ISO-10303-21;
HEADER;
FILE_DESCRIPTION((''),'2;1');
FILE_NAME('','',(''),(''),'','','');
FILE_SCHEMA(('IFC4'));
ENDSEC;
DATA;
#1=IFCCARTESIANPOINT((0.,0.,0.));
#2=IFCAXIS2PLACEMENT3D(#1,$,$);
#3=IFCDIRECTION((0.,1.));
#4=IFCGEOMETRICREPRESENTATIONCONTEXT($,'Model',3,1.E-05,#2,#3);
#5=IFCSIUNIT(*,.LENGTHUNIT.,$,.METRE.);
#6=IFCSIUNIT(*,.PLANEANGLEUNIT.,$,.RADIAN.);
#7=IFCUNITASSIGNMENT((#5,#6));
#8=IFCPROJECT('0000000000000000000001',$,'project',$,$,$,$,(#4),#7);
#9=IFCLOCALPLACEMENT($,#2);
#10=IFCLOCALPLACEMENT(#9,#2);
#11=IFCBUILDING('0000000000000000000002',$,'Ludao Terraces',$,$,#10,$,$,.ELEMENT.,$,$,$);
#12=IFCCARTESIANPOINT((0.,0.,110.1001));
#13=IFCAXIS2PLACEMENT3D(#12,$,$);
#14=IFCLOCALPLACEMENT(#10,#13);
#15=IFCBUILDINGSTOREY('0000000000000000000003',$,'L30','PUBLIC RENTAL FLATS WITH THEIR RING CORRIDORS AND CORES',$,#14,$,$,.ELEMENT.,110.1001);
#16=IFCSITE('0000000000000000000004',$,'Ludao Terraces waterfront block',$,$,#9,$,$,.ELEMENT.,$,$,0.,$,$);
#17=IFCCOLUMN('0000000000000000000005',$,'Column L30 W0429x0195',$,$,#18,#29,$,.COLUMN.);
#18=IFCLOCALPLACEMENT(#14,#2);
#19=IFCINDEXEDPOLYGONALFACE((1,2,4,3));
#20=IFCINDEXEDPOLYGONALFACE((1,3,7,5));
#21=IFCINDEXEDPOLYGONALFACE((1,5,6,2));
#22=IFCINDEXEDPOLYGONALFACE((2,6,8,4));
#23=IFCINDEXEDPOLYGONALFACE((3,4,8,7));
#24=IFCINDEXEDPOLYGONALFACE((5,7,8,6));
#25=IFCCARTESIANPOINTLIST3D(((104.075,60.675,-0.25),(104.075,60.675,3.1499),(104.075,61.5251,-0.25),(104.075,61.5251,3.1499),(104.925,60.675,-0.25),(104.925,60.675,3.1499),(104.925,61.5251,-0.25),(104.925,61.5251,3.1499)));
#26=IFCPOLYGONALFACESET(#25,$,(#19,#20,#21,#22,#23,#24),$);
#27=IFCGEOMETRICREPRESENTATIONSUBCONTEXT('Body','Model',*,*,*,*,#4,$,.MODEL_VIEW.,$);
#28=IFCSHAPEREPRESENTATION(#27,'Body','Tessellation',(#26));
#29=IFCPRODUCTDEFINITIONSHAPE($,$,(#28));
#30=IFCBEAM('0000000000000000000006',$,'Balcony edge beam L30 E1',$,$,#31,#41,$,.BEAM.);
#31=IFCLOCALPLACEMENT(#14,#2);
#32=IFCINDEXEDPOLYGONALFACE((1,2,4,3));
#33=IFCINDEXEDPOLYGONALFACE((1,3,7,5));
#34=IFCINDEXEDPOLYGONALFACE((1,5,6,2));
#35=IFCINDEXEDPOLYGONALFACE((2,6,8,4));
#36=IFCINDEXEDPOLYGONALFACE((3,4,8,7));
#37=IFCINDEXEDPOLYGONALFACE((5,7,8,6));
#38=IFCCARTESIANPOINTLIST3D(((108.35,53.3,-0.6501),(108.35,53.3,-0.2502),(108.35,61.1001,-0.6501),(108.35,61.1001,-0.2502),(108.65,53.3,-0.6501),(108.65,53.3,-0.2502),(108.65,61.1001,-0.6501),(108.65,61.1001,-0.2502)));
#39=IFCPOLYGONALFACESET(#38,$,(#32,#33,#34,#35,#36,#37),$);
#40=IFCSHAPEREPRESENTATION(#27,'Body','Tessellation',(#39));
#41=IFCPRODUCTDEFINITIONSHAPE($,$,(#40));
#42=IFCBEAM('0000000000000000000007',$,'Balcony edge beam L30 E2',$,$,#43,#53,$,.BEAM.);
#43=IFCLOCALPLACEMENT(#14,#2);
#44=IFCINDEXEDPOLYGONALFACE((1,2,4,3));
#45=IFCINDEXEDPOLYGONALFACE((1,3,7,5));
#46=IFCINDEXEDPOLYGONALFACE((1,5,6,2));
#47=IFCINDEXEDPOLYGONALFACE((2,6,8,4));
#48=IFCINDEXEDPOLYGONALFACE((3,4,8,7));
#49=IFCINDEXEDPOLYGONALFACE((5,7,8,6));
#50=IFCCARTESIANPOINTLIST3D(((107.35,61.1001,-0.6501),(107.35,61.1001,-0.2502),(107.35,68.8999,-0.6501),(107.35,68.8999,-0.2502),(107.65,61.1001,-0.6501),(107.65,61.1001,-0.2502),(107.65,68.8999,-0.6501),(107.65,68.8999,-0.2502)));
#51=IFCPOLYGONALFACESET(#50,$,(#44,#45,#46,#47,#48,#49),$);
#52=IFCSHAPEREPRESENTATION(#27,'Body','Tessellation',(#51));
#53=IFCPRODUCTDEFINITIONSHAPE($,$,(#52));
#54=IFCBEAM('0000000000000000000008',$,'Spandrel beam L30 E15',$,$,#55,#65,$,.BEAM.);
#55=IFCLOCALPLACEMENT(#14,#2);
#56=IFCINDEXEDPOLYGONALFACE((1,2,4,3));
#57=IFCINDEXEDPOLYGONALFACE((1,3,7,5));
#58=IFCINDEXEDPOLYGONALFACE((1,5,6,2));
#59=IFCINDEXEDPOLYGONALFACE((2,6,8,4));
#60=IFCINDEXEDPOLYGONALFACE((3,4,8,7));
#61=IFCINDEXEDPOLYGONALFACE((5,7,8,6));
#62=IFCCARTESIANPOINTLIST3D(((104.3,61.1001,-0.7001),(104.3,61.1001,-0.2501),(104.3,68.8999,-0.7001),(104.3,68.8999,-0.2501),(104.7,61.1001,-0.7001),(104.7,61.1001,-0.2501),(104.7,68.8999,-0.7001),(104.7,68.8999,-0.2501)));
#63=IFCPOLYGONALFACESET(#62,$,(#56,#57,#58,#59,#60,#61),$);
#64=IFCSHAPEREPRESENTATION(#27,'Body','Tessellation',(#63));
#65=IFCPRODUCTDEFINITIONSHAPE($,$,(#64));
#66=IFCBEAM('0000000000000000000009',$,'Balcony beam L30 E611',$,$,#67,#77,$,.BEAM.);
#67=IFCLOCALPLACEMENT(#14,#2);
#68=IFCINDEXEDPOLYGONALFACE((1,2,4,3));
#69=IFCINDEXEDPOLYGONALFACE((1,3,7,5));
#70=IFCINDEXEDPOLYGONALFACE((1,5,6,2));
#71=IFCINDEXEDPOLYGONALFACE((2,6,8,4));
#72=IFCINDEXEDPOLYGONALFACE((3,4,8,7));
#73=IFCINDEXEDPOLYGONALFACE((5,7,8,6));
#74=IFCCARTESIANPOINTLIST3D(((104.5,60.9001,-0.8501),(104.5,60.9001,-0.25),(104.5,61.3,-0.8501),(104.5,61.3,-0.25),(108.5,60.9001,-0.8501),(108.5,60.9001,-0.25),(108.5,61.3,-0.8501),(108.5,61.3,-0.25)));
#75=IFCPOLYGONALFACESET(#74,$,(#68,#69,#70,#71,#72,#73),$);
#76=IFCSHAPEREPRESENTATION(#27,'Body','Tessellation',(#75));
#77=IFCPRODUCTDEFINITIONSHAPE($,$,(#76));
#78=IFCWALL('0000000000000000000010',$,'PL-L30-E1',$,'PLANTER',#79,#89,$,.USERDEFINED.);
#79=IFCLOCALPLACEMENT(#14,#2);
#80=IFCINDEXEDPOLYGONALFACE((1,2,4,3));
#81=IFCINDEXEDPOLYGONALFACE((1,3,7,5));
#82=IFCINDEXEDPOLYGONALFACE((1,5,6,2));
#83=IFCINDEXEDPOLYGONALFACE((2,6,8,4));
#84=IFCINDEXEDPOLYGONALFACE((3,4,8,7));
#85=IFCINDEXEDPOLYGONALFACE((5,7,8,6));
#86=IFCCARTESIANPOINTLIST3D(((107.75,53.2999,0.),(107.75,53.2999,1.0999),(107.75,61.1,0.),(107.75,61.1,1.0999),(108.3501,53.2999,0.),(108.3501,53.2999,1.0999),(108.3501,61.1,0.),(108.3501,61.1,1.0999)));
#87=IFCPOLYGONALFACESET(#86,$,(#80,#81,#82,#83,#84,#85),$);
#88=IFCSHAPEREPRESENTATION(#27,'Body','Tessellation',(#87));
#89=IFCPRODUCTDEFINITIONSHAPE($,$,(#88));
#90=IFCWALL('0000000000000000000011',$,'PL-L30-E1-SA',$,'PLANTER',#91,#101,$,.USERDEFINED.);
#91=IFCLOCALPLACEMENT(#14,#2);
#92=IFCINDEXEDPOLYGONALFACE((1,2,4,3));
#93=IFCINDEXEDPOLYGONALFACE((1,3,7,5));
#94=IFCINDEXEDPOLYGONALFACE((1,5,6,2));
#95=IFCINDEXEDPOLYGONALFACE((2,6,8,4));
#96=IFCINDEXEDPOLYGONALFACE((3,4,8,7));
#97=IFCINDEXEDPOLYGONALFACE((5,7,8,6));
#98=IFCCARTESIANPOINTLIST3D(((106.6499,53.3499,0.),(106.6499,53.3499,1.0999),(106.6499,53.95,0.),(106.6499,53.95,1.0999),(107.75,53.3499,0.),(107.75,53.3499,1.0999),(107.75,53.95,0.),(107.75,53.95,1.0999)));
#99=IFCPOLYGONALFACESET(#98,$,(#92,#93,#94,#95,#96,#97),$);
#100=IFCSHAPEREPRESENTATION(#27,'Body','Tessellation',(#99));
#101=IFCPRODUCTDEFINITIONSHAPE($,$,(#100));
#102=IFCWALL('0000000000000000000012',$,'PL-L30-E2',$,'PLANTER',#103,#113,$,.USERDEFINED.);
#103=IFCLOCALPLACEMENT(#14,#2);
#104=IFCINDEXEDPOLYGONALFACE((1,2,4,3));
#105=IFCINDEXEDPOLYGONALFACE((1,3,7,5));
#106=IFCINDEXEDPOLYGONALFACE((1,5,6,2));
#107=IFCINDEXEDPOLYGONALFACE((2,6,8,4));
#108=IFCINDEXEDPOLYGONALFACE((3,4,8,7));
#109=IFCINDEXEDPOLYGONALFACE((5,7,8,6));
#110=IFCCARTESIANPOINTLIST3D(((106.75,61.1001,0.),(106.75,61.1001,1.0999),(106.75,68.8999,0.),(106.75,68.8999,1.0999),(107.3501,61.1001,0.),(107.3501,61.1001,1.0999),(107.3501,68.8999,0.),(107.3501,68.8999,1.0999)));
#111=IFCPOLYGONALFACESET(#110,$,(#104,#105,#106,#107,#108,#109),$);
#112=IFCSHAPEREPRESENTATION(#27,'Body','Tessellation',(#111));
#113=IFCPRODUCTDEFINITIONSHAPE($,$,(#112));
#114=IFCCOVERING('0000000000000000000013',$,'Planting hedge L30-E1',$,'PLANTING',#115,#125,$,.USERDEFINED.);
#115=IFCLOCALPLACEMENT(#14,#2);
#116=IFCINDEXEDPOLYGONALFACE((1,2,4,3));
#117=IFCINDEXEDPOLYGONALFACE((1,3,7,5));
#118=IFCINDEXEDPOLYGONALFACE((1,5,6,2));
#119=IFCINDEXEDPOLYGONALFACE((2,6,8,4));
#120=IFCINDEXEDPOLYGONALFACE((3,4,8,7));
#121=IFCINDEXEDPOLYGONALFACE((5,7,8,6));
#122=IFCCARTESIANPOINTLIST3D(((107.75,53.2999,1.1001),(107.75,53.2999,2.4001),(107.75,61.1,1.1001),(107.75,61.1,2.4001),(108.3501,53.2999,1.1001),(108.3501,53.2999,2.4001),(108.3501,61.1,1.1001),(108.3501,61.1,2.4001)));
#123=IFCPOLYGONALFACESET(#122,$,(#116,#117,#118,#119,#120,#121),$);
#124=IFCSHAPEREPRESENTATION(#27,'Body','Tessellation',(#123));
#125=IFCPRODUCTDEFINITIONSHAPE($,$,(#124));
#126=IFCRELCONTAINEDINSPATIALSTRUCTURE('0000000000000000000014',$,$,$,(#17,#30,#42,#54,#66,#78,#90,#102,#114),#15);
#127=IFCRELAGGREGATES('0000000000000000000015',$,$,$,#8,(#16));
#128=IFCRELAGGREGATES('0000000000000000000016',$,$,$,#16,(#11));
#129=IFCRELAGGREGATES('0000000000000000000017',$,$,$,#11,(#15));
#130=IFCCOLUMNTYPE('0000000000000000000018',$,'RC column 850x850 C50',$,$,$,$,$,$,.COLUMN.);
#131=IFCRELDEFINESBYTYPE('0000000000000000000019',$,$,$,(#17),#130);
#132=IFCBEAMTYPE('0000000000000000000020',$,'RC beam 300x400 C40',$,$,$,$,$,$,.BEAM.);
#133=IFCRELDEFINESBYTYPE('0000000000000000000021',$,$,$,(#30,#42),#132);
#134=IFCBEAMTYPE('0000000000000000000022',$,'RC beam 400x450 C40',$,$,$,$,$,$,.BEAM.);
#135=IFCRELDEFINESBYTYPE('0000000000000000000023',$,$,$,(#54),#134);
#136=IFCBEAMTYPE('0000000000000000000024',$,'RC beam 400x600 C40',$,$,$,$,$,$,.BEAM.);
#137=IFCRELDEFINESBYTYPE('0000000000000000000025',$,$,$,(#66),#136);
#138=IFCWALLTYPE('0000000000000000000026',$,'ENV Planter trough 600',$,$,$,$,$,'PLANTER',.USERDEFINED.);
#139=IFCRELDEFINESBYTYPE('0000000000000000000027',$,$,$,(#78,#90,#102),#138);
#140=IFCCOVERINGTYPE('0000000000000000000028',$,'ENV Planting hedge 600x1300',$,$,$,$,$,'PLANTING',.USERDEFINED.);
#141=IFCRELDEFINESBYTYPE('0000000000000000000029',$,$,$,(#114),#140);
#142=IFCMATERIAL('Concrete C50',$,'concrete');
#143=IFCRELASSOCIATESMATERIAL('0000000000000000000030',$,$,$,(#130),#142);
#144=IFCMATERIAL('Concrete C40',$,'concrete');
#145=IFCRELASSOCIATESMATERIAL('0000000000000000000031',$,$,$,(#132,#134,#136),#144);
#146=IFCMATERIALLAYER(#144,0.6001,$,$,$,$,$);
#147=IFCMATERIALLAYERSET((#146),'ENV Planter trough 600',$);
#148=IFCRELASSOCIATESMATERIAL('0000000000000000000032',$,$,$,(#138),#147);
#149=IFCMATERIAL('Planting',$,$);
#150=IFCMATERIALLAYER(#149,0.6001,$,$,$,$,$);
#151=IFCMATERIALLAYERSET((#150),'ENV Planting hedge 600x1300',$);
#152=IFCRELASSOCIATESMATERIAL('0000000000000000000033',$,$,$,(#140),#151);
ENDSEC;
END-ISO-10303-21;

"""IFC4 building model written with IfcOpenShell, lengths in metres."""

from ifc_helpers import new_model, si_unit, direction, frame, frame_2d, origin, origin_2d, place, context, subcontext, project, spatial, rectangle, extrude, material, layer, layer_set, material_profile, profile_set, type_object, element, save


model = new_model("IFC4")

# Units and contexts
model_context = context("Model", 3, precision=1e-05, world=origin(), true_north=direction((0.0, 1.0)))
body_context = subcontext(model_context, "Body", "Model", "MODEL_VIEW")
ifc_project = project(units=[si_unit("LENGTHUNIT", "METRE"), si_unit("PLANEANGLEUNIT", "RADIAN")], contexts=[model_context])

# Site, building, storey
site_placement = place(None, origin())
site = spatial("IfcSite", under=ifc_project, at=site_placement, Name="Ludao Terraces waterfront block", CompositionType="ELEMENT", RefElevation=0.0)
building_placement = place(site_placement, origin())
building = spatial("IfcBuilding", under=site, at=building_placement, Name="Ludao Terraces", CompositionType="ELEMENT")
storey_placement = place(building_placement, frame((0.0, 0.0, 110.1001)))
storey = spatial("IfcBuildingStorey", under=building, at=storey_placement, Name="L30", Description="PUBLIC RENTAL FLATS WITH THEIR RING CORRIDORS AND CORES", CompositionType="ELEMENT", Elevation=110.1001)

# Column
ifc_material_1 = material(Name="Concrete C50", Category="concrete")
ifc_material_profile_1 = material_profile(ifc_material_1, rectangle(XDim=0.8501, YDim=0.8501, at=origin_2d()), Name="850 X 850")
ifc_profile_set_1 = profile_set([ifc_material_profile_1], Name="Concrete C50")
column_type = type_object("IfcColumnType", Name="RC column 850x850 C50", PredefinedType="COLUMN", material=ifc_profile_set_1)
column_placement = place(storey_placement, frame((104.5, 61.1001, -0.25), z_axis=(0.0, 0.0, 1.0), x_axis=(1.0, 0.0, 0.0)))
element("IfcColumn", 1, at=column_placement, inside=storey, type_object=column_type, Name="Column L30 W0429x0195", PredefinedType="COLUMN", context=body_context, shape_type="SweptSolid", body=[
    extrude(rectangle(XDim=0.8501, YDim=0.8501, at=origin_2d()), origin(), (0.0, 0.0, 1.0), 3.3999),
])

# Beams
ifc_material_2 = material(Name="Concrete C40", Category="concrete")
ifc_material_profile_2 = material_profile(ifc_material_2, rectangle(XDim=0.3, YDim=0.3999, at=origin_2d()), Name="300 X 400")
ifc_profile_set_2 = profile_set([ifc_material_profile_2], Name="Concrete C40")
beam_type_1 = type_object("IfcBeamType", Name="RC beam 300x400 C40", PredefinedType="BEAM", material=ifc_profile_set_2)
beam_1_placement = place(storey_placement, frame((108.5, 53.3, -0.4502), z_axis=(0.0, 1.0, 0.0), x_axis=(-1.0, 0.0, 0.0)))
element("IfcBeam", 2, at=beam_1_placement, inside=storey, type_object=beam_type_1, Name="Balcony edge beam L30 E1", PredefinedType="BEAM", context=body_context, shape_type="SweptSolid", body=[
    extrude(rectangle(XDim=0.3, YDim=0.3999, at=origin_2d()), origin(), (0.0, 0.0, 1.0), 7.8),
])
beam_2_placement = place(storey_placement, frame((107.5, 61.1001, -0.4502), z_axis=(0.0, 1.0, 0.0), x_axis=(-1.0, 0.0, 0.0)))
element("IfcBeam", 3, at=beam_2_placement, inside=storey, type_object=beam_type_1, Name="Balcony edge beam L30 E2", PredefinedType="BEAM", context=body_context, shape_type="SweptSolid", body=[
    extrude(rectangle(XDim=0.3, YDim=0.3999, at=origin_2d()), origin(), (0.0, 0.0, 1.0), 7.7998),
])
ifc_material_profile_3 = material_profile(ifc_material_2, rectangle(XDim=0.3999, YDim=0.45, at=origin_2d()), Name="400 X 450")
ifc_profile_set_3 = profile_set([ifc_material_profile_3], Name="Concrete C40")
beam_type_2 = type_object("IfcBeamType", Name="RC beam 400x450 C40", PredefinedType="BEAM", material=ifc_profile_set_3)
beam_3_placement = place(storey_placement, frame((104.5, 61.1001, -0.4751), z_axis=(0.0, 1.0, 0.0), x_axis=(-1.0, 0.0, 0.0)))
element("IfcBeam", 4, at=beam_3_placement, inside=storey, type_object=beam_type_2, Name="Spandrel beam L30 E15", PredefinedType="BEAM", context=body_context, shape_type="SweptSolid", body=[
    extrude(rectangle(XDim=0.3999, YDim=0.45, at=origin_2d()), origin(), (0.0, 0.0, 1.0), 7.7998),
])
ifc_material_profile_4 = material_profile(ifc_material_2, rectangle(XDim=0.3999, YDim=0.6001, at=origin_2d()), Name="400 X 600")
ifc_profile_set_4 = profile_set([ifc_material_profile_4], Name="Concrete C40")
beam_type_3 = type_object("IfcBeamType", Name="RC beam 400x600 C40", PredefinedType="BEAM", material=ifc_profile_set_4)
beam_4_placement = place(storey_placement, frame((104.5, 61.1001, -0.55), z_axis=(1.0, 0.0, 0.0), x_axis=(0.0, 1.0, 0.0)))
element("IfcBeam", 5, at=beam_4_placement, inside=storey, type_object=beam_type_3, Name="Balcony beam L30 E611", PredefinedType="BEAM", context=body_context, shape_type="SweptSolid", body=[
    extrude(rectangle(XDim=0.3999, YDim=0.6001, at=origin_2d()), origin(), (0.0, 0.0, 1.0), 4.0),
])

# Walls
ifc_layer_1 = layer(ifc_material_2, 0.6001)
ifc_layer_set_1 = layer_set([ifc_layer_1], Name="ENV Planter trough 600")
wall_type = type_object("IfcWallType", Name="ENV Planter trough 600", ElementType="PLANTER", PredefinedType="USERDEFINED", material=ifc_layer_set_1)
wall_1_placement = place(storey_placement, frame((108.05, 53.3, 0.0), z_axis=(0.0, 0.0, 1.0), x_axis=(0.0, 1.0, 0.0)))
element("IfcWall", 6, at=wall_1_placement, inside=storey, type_object=wall_type, Name="PL-L30-E1", ObjectType="PLANTER", PredefinedType="USERDEFINED", context=body_context, shape_type="SweptSolid", body=[
    extrude(rectangle(XDim=7.8, YDim=0.6001, at=frame_2d((3.8999, 0.0))), origin(), (0.0, 0.0, 1.0), 1.0999),
])
wall_2_placement = place(storey_placement, frame((107.75, 53.6499, 0.0), z_axis=(0.0, 0.0, 1.0), x_axis=(-1.0, 0.0, 0.0)))
element("IfcWall", 7, at=wall_2_placement, inside=storey, type_object=wall_type, Name="PL-L30-E1-SA", ObjectType="PLANTER", PredefinedType="USERDEFINED", context=body_context, shape_type="SweptSolid", body=[
    extrude(rectangle(XDim=1.1001, YDim=0.6001, at=frame_2d((0.55, 0.0))), origin(), (0.0, 0.0, 1.0), 1.0999),
])
wall_3_placement = place(storey_placement, frame((107.05, 61.1001, 0.0), z_axis=(0.0, 0.0, 1.0), x_axis=(0.0, 1.0, 0.0)))
element("IfcWall", 8, at=wall_3_placement, inside=storey, type_object=wall_type, Name="PL-L30-E2", ObjectType="PLANTER", PredefinedType="USERDEFINED", context=body_context, shape_type="SweptSolid", body=[
    extrude(rectangle(XDim=7.7998, YDim=0.6001, at=frame_2d((3.8999, 0.0))), origin(), (0.0, 0.0, 1.0), 1.0999),
])

# Covering
ifc_material_3 = material(Name="Planting")
ifc_layer_2 = layer(ifc_material_3, 0.6001)
ifc_layer_set_2 = layer_set([ifc_layer_2], Name="ENV Planting hedge 600x1300")
covering_type = type_object("IfcCoveringType", Name="ENV Planting hedge 600x1300", ElementType="PLANTING", PredefinedType="USERDEFINED", material=ifc_layer_set_2)
covering_placement = place(storey_placement, frame((108.05, 57.2, 1.1001), z_axis=(0.0, 0.0, 1.0), x_axis=(1.0, 0.0, 0.0)))
element("IfcCovering", 9, at=covering_placement, inside=storey, type_object=covering_type, Name="Planting hedge L30-E1", ObjectType="PLANTING", PredefinedType="USERDEFINED", context=body_context, shape_type="SweptSolid", body=[
    extrude(rectangle(XDim=0.6001, YDim=7.8, at=origin_2d()), origin(), (0.0, 0.0, 1.0), 1.3),
])

save(model, "model.ifc")
